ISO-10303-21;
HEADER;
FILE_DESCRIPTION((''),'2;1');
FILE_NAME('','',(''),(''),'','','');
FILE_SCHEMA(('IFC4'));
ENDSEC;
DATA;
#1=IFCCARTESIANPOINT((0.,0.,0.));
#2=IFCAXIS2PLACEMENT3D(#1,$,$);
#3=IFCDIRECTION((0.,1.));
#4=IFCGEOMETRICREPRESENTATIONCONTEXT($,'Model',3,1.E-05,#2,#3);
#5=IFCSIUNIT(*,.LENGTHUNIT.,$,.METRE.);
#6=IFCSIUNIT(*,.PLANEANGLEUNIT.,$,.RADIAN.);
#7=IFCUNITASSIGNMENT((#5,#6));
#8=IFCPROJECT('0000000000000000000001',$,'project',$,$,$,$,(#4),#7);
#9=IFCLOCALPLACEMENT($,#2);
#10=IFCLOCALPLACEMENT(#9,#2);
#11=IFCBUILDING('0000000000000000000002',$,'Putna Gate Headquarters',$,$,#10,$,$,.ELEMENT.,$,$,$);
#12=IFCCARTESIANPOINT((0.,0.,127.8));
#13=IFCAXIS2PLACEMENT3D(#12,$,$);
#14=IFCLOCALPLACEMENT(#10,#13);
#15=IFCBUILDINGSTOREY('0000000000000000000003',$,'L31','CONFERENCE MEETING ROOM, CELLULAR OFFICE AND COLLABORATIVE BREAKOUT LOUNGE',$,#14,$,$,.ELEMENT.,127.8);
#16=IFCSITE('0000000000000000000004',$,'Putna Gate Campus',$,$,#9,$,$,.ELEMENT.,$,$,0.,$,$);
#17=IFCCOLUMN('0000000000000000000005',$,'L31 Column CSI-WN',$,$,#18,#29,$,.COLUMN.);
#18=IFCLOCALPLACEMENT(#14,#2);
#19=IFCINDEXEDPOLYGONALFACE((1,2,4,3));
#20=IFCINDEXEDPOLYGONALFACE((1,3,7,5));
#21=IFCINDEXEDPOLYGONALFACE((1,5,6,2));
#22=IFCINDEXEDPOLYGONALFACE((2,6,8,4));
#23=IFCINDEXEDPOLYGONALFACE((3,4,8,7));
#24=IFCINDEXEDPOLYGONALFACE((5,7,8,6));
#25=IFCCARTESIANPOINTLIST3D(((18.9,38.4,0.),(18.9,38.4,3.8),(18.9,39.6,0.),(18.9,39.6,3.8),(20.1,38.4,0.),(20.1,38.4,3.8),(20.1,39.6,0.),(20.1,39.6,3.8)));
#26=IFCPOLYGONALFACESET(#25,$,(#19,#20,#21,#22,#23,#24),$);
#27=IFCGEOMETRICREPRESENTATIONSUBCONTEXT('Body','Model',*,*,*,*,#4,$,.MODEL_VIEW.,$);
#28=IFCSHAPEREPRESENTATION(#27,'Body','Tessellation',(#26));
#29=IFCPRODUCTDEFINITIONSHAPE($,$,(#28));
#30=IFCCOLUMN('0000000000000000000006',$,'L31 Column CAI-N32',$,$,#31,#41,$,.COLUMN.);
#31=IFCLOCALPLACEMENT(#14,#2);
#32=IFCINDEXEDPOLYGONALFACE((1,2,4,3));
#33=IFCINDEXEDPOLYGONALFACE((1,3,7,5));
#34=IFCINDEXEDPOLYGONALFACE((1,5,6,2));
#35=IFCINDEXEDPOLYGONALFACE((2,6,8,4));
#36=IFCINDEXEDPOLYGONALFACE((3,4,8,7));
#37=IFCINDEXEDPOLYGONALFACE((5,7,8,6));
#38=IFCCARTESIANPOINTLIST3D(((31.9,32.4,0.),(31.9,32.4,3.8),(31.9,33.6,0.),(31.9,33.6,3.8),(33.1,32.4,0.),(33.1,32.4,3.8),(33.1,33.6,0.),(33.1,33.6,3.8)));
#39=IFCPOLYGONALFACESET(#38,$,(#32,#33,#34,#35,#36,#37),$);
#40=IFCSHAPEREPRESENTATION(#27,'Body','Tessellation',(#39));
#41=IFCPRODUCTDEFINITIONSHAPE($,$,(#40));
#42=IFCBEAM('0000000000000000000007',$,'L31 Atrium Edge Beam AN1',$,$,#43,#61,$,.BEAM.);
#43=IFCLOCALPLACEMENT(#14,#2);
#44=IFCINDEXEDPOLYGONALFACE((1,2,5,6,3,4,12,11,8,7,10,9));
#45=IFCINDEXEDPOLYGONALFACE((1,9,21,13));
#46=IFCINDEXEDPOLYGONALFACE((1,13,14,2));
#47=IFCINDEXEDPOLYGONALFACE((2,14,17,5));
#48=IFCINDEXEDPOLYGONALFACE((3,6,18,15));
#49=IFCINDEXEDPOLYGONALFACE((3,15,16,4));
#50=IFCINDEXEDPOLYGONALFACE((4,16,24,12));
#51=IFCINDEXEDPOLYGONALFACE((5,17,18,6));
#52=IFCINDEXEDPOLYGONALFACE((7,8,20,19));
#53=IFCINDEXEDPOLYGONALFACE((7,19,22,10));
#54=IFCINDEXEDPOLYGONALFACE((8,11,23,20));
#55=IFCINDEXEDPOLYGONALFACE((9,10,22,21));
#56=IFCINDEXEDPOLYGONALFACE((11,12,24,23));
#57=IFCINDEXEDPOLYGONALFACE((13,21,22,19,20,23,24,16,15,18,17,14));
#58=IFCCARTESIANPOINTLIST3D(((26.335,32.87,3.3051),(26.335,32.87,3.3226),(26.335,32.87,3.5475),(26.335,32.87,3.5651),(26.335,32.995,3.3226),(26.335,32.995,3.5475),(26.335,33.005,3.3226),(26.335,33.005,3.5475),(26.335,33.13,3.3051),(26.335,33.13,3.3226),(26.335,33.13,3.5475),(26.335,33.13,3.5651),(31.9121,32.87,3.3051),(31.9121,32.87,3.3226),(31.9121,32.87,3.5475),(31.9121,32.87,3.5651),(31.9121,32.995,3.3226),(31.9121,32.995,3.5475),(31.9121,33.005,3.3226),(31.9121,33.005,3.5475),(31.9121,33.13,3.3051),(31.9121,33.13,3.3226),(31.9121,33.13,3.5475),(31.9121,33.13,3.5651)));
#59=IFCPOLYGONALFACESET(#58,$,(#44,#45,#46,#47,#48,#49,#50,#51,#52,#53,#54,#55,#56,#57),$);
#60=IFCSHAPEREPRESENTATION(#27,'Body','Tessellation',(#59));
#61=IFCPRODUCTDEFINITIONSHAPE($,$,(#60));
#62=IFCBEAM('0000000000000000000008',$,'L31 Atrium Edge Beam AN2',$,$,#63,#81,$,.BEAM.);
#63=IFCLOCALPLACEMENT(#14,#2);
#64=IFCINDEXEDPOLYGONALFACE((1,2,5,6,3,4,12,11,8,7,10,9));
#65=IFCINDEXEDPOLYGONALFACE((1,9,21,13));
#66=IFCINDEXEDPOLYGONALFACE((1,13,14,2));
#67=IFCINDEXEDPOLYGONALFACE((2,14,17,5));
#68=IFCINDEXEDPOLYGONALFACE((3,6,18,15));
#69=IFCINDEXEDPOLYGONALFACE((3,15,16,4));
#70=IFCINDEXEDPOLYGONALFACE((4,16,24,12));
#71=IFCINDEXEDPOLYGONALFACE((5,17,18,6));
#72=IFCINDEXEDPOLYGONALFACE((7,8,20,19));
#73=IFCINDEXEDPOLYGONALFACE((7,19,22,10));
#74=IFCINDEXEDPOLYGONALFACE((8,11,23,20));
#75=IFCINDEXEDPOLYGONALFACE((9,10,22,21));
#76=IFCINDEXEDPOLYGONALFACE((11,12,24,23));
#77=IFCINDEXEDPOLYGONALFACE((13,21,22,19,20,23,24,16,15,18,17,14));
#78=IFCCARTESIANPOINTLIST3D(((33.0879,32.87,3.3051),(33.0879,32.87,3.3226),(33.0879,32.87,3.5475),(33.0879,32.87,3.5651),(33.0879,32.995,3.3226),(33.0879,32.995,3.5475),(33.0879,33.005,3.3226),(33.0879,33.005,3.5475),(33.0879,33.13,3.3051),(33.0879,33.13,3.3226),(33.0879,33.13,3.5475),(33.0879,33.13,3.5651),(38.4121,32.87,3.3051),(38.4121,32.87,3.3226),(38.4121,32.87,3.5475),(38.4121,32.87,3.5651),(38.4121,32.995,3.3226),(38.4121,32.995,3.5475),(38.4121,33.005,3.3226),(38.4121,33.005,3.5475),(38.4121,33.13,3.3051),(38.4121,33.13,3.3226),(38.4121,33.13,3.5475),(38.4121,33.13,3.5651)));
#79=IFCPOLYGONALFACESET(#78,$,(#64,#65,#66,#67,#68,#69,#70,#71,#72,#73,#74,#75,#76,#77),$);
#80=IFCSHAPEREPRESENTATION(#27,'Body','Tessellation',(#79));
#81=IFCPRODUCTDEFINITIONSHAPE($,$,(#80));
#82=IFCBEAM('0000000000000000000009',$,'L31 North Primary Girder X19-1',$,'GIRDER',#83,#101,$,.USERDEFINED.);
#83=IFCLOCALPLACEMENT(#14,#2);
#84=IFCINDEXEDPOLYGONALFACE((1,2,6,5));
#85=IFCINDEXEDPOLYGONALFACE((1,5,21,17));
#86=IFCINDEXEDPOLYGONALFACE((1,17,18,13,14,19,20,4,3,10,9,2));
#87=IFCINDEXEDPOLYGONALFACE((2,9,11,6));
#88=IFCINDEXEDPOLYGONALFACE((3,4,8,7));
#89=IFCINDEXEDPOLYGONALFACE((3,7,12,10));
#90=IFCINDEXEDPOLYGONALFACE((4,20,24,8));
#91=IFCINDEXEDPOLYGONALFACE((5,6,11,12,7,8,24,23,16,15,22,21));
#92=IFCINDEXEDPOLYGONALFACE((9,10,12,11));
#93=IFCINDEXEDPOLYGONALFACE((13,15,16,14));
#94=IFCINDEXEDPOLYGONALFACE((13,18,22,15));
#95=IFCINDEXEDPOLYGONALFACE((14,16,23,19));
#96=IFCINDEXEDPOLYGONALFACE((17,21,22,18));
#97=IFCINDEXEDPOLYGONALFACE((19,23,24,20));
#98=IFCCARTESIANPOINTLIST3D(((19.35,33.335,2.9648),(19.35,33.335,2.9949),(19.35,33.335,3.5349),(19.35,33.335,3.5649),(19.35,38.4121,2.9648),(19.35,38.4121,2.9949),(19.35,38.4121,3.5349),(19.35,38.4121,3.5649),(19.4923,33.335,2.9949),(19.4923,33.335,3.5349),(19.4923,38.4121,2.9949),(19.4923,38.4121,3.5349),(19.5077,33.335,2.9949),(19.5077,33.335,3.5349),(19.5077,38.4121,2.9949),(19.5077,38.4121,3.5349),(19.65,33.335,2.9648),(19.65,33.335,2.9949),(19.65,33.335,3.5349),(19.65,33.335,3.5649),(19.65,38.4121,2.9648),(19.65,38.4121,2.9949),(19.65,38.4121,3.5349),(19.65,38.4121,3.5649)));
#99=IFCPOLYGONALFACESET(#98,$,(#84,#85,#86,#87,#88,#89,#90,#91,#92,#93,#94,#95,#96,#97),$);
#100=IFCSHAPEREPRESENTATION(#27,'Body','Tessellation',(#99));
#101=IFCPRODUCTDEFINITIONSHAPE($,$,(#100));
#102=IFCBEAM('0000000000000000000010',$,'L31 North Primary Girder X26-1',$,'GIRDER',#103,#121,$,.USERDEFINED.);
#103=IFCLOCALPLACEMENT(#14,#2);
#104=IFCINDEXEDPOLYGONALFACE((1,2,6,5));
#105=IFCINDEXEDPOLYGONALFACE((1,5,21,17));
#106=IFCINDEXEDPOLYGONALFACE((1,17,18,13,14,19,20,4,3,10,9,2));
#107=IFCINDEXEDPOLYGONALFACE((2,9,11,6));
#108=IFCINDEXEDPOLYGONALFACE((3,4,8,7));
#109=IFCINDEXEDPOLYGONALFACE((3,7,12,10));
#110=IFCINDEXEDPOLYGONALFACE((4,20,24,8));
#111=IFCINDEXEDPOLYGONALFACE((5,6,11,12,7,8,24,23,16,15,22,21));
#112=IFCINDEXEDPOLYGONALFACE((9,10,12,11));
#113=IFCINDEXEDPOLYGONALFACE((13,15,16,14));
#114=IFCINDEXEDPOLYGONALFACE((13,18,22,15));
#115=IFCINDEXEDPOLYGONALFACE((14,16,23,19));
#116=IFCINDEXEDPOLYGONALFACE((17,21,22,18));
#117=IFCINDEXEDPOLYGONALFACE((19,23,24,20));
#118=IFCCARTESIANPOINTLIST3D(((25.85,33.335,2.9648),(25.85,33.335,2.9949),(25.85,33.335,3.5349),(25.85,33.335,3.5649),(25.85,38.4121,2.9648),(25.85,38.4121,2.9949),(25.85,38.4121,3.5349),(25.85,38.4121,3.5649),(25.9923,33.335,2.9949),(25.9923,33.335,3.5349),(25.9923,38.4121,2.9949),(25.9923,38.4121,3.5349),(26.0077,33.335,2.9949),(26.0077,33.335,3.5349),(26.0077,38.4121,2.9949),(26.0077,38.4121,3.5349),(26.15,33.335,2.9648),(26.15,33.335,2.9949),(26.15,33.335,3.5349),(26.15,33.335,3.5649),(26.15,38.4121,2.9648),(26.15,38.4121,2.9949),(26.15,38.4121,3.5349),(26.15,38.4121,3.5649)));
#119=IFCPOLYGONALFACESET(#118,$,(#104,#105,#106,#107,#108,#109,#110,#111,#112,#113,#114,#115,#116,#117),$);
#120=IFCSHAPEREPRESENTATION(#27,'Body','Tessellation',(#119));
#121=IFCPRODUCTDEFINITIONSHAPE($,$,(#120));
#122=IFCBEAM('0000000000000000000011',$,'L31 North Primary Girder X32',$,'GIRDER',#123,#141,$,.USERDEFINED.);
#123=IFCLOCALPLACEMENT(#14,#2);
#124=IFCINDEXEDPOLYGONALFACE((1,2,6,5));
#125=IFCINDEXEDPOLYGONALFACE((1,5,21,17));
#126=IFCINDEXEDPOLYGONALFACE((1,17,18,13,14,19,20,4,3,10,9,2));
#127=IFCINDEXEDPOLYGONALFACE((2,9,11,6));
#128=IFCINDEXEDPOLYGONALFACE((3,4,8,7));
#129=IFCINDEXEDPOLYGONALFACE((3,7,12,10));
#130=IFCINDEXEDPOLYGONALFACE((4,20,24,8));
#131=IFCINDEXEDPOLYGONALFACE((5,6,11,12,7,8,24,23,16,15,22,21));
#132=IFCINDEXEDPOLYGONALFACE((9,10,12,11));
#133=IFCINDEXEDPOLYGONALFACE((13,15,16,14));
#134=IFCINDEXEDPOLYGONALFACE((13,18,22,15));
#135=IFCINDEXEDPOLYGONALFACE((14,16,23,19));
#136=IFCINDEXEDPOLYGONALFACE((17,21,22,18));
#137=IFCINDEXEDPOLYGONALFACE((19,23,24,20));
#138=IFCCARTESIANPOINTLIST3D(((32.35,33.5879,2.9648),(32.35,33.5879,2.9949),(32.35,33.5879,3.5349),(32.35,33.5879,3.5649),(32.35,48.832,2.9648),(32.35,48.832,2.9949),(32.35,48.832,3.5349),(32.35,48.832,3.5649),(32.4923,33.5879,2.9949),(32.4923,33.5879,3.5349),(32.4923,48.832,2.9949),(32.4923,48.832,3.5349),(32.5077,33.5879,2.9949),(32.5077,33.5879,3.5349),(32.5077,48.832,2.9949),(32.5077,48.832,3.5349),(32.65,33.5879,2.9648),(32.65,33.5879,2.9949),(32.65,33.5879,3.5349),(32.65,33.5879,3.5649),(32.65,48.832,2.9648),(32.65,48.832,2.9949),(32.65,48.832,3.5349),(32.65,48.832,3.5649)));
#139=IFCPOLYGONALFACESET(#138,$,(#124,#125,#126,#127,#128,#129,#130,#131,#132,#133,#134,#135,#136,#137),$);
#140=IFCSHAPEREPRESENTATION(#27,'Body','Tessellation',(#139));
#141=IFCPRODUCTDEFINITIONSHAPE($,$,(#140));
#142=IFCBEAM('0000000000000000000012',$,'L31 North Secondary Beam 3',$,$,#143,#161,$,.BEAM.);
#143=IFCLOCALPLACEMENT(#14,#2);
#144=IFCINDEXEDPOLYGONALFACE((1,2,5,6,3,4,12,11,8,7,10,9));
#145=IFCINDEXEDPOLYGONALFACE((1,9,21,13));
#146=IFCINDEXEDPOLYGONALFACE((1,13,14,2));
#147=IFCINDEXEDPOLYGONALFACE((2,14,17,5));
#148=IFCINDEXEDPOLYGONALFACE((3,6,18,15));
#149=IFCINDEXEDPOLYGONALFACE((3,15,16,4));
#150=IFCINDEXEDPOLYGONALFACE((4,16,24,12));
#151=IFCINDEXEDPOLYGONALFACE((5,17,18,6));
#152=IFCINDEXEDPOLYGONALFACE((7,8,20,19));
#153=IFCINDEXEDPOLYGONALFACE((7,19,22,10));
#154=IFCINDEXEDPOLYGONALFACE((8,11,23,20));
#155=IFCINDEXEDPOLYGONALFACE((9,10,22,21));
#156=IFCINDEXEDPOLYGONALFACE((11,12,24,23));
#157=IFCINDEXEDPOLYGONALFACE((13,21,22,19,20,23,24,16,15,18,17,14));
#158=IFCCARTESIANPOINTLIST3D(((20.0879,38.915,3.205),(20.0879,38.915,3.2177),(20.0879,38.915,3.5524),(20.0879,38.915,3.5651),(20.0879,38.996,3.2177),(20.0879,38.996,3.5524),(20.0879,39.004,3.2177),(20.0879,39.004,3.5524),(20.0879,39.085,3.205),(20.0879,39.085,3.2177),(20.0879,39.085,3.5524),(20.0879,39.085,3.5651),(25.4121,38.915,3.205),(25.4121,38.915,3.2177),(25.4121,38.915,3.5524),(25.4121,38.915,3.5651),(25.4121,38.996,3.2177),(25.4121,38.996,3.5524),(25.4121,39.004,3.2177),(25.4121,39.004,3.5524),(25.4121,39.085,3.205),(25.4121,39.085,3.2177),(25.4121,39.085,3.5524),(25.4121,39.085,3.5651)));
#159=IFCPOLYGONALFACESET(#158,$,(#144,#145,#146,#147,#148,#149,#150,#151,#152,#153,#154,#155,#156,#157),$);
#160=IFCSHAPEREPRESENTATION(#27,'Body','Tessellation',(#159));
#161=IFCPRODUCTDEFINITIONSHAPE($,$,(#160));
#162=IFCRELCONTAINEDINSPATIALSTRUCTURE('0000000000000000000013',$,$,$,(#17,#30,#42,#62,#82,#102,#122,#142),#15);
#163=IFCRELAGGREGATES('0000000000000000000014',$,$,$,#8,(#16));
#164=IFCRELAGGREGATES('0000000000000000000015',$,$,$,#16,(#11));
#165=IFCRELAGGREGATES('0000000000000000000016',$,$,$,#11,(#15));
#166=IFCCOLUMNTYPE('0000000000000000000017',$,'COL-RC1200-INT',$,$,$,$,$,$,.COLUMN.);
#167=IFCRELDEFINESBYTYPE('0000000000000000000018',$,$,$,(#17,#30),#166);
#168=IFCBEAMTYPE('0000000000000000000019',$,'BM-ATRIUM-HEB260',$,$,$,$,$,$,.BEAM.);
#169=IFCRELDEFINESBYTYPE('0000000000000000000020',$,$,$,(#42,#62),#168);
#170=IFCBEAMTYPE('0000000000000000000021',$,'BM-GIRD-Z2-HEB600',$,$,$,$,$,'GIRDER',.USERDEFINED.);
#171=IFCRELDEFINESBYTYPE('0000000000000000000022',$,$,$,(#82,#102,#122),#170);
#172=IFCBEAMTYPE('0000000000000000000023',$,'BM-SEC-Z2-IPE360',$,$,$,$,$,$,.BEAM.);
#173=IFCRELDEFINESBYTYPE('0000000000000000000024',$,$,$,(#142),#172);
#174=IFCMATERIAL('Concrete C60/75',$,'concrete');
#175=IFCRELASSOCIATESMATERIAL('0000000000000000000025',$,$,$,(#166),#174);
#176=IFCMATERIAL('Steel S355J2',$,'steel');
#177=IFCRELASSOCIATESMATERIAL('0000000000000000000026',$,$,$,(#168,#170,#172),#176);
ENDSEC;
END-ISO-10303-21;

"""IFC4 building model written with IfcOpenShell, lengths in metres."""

from ifc_helpers import new_model, si_unit, direction, frame, origin, origin_2d, place, context, subcontext, project, spatial, rectangle, i_section, extrude, material, material_profile, profile_set, type_object, element, save


model = new_model("IFC4")

# Units and contexts
model_context = context("Model", 3, precision=1e-05, world=origin(), true_north=direction((0.0, 1.0)))
body_context = subcontext(model_context, "Body", "Model", "MODEL_VIEW")
ifc_project = project(units=[si_unit("LENGTHUNIT", "METRE"), si_unit("PLANEANGLEUNIT", "RADIAN")], contexts=[model_context])

# Site, building, storey
site_placement = place(None, origin())
site = spatial("IfcSite", under=ifc_project, at=site_placement, Name="Putna Gate Campus", CompositionType="ELEMENT", RefElevation=0.0)
building_placement = place(site_placement, origin())
building = spatial("IfcBuilding", under=site, at=building_placement, Name="Putna Gate Headquarters", CompositionType="ELEMENT")
storey_placement = place(building_placement, frame((0.0, 0.0, 127.8)))
storey = spatial("IfcBuildingStorey", under=building, at=storey_placement, Name="L31", Description="CONFERENCE MEETING ROOM, CELLULAR OFFICE AND COLLABORATIVE BREAKOUT LOUNGE", CompositionType="ELEMENT", Elevation=127.8)

# Columns
ifc_material_1 = material(Name="Concrete C60/75", Category="concrete")
ifc_material_profile_1 = material_profile(ifc_material_1, rectangle(XDim=1.2, YDim=1.2, at=origin_2d()), Name="Concrete C60/75")
ifc_profile_set_1 = profile_set([ifc_material_profile_1], Name="Concrete C60/75")
column_type = type_object("IfcColumnType", Name="COL-RC1200-INT", PredefinedType="COLUMN", material=ifc_profile_set_1)
for number, where, z_axis, x_axis, name in (
    (1, (19.5, 39.0, 0.0), (0.0, 0.0, 1.0), (1.0, 0.0, 0.0), "L31 Column CSI-WN"),
    (2, (32.5, 33.0, 0.0), (0.0, 0.0, 1.0), (1.0, 0.0, 0.0), "L31 Column CAI-N32"),
):
    element("IfcColumn", number, at=place(storey_placement, frame(where, z_axis=z_axis, x_axis=x_axis)), inside=storey, type_object=column_type, Name=name, PredefinedType="COLUMN", context=body_context, shape_type="SweptSolid", body=[
        extrude(rectangle(XDim=1.2, YDim=1.2, at=origin_2d()), origin(), (0.0, 0.0, 1.0), 3.8),
    ])

# Beams
ifc_material_2 = material(Name="Steel S355J2", Category="steel")
ifc_material_profile_2 = material_profile(ifc_material_2, i_section(OverallWidth=0.26, OverallDepth=0.26, WebThickness=0.01, FlangeThickness=0.0176, at=origin_2d()), Name="Steel S355J2")
ifc_profile_set_2 = profile_set([ifc_material_profile_2], Name="Steel S355J2")
beam_type_1 = type_object("IfcBeamType", Name="BM-ATRIUM-HEB260", PredefinedType="BEAM", material=ifc_profile_set_2)
beam_1_placement = place(storey_placement, frame((26.335, 33.0, 3.4351), z_axis=(1.0, 0.0, 0.0), x_axis=(0.0, 1.0, 0.0)))
element("IfcBeam", 3, at=beam_1_placement, inside=storey, type_object=beam_type_1, Name="L31 Atrium Edge Beam AN1", PredefinedType="BEAM", context=body_context, shape_type="SweptSolid", body=[
    extrude(i_section(OverallWidth=0.26, OverallDepth=0.26, WebThickness=0.01, FlangeThickness=0.0176, at=origin_2d()), origin(), (0.0, 0.0, 1.0), 5.5771),
])
beam_2_placement = place(storey_placement, frame((33.0879, 33.0, 3.4351), z_axis=(1.0, 0.0, 0.0), x_axis=(0.0, 1.0, 0.0)))
element("IfcBeam", 4, at=beam_2_placement, inside=storey, type_object=beam_type_1, Name="L31 Atrium Edge Beam AN2", PredefinedType="BEAM", context=body_context, shape_type="SweptSolid", body=[
    extrude(i_section(OverallWidth=0.26, OverallDepth=0.26, WebThickness=0.01, FlangeThickness=0.0176, at=origin_2d()), origin(), (0.0, 0.0, 1.0), 5.3242),
])
ifc_material_profile_3 = material_profile(ifc_material_2, i_section(OverallWidth=0.3, OverallDepth=0.6001, WebThickness=0.0154, FlangeThickness=0.03, at=origin_2d()), Name="Steel S355J2")
ifc_profile_set_3 = profile_set([ifc_material_profile_3], Name="Steel S355J2")
beam_type_2 = type_object("IfcBeamType", Name="BM-GIRD-Z2-HEB600", ElementType="GIRDER", PredefinedType="USERDEFINED", material=ifc_profile_set_3)
for number, where, z_axis, x_axis, name in (
    (5, (19.5, 33.335, 3.2649), (0.0, 1.0, 0.0), (-1.0, 0.0, 0.0), "L31 North Primary Girder X19-1"),
    (6, (26.0, 33.335, 3.2649), (0.0, 1.0, 0.0), (-1.0, 0.0, 0.0), "L31 North Primary Girder X26-1"),
):
    element("IfcBeam", number, at=place(storey_placement, frame(where, z_axis=z_axis, x_axis=x_axis)), inside=storey, type_object=beam_type_2, Name=name, ObjectType="GIRDER", PredefinedType="USERDEFINED", context=body_context, shape_type="SweptSolid", body=[
        extrude(i_section(OverallWidth=0.3, OverallDepth=0.6001, WebThickness=0.0154, FlangeThickness=0.03, at=origin_2d()), origin(), (0.0, 0.0, 1.0), 5.0771),
    ])
beam_3_placement = place(storey_placement, frame((32.5, 33.5879, 3.2649), z_axis=(0.0, 1.0, 0.0), x_axis=(-1.0, 0.0, 0.0)))
element("IfcBeam", 7, at=beam_3_placement, inside=storey, type_object=beam_type_2, Name="L31 North Primary Girder X32", ObjectType="GIRDER", PredefinedType="USERDEFINED", context=body_context, shape_type="SweptSolid", body=[
    extrude(i_section(OverallWidth=0.3, OverallDepth=0.6001, WebThickness=0.0154, FlangeThickness=0.03, at=origin_2d()), origin(), (0.0, 0.0, 1.0), 15.2441),
])
ifc_material_profile_4 = material_profile(ifc_material_2, i_section(OverallWidth=0.1699, OverallDepth=0.3601, WebThickness=0.0081, FlangeThickness=0.0127, at=origin_2d()), Name="Steel S355J2")
ifc_profile_set_4 = profile_set([ifc_material_profile_4], Name="Steel S355J2")
beam_type_3 = type_object("IfcBeamType", Name="BM-SEC-Z2-IPE360", PredefinedType="BEAM", material=ifc_profile_set_4)
beam_4_placement = place(storey_placement, frame((20.0879, 39.0, 3.385), z_axis=(1.0, 0.0, 0.0), x_axis=(0.0, 1.0, 0.0)))
element("IfcBeam", 8, at=beam_4_placement, inside=storey, type_object=beam_type_3, Name="L31 North Secondary Beam 3", PredefinedType="BEAM", context=body_context, shape_type="SweptSolid", body=[
    extrude(i_section(OverallWidth=0.1699, OverallDepth=0.3601, WebThickness=0.0081, FlangeThickness=0.0127, at=origin_2d()), origin(), (0.0, 0.0, 1.0), 5.3242),
])

save(model, "model.ifc")
